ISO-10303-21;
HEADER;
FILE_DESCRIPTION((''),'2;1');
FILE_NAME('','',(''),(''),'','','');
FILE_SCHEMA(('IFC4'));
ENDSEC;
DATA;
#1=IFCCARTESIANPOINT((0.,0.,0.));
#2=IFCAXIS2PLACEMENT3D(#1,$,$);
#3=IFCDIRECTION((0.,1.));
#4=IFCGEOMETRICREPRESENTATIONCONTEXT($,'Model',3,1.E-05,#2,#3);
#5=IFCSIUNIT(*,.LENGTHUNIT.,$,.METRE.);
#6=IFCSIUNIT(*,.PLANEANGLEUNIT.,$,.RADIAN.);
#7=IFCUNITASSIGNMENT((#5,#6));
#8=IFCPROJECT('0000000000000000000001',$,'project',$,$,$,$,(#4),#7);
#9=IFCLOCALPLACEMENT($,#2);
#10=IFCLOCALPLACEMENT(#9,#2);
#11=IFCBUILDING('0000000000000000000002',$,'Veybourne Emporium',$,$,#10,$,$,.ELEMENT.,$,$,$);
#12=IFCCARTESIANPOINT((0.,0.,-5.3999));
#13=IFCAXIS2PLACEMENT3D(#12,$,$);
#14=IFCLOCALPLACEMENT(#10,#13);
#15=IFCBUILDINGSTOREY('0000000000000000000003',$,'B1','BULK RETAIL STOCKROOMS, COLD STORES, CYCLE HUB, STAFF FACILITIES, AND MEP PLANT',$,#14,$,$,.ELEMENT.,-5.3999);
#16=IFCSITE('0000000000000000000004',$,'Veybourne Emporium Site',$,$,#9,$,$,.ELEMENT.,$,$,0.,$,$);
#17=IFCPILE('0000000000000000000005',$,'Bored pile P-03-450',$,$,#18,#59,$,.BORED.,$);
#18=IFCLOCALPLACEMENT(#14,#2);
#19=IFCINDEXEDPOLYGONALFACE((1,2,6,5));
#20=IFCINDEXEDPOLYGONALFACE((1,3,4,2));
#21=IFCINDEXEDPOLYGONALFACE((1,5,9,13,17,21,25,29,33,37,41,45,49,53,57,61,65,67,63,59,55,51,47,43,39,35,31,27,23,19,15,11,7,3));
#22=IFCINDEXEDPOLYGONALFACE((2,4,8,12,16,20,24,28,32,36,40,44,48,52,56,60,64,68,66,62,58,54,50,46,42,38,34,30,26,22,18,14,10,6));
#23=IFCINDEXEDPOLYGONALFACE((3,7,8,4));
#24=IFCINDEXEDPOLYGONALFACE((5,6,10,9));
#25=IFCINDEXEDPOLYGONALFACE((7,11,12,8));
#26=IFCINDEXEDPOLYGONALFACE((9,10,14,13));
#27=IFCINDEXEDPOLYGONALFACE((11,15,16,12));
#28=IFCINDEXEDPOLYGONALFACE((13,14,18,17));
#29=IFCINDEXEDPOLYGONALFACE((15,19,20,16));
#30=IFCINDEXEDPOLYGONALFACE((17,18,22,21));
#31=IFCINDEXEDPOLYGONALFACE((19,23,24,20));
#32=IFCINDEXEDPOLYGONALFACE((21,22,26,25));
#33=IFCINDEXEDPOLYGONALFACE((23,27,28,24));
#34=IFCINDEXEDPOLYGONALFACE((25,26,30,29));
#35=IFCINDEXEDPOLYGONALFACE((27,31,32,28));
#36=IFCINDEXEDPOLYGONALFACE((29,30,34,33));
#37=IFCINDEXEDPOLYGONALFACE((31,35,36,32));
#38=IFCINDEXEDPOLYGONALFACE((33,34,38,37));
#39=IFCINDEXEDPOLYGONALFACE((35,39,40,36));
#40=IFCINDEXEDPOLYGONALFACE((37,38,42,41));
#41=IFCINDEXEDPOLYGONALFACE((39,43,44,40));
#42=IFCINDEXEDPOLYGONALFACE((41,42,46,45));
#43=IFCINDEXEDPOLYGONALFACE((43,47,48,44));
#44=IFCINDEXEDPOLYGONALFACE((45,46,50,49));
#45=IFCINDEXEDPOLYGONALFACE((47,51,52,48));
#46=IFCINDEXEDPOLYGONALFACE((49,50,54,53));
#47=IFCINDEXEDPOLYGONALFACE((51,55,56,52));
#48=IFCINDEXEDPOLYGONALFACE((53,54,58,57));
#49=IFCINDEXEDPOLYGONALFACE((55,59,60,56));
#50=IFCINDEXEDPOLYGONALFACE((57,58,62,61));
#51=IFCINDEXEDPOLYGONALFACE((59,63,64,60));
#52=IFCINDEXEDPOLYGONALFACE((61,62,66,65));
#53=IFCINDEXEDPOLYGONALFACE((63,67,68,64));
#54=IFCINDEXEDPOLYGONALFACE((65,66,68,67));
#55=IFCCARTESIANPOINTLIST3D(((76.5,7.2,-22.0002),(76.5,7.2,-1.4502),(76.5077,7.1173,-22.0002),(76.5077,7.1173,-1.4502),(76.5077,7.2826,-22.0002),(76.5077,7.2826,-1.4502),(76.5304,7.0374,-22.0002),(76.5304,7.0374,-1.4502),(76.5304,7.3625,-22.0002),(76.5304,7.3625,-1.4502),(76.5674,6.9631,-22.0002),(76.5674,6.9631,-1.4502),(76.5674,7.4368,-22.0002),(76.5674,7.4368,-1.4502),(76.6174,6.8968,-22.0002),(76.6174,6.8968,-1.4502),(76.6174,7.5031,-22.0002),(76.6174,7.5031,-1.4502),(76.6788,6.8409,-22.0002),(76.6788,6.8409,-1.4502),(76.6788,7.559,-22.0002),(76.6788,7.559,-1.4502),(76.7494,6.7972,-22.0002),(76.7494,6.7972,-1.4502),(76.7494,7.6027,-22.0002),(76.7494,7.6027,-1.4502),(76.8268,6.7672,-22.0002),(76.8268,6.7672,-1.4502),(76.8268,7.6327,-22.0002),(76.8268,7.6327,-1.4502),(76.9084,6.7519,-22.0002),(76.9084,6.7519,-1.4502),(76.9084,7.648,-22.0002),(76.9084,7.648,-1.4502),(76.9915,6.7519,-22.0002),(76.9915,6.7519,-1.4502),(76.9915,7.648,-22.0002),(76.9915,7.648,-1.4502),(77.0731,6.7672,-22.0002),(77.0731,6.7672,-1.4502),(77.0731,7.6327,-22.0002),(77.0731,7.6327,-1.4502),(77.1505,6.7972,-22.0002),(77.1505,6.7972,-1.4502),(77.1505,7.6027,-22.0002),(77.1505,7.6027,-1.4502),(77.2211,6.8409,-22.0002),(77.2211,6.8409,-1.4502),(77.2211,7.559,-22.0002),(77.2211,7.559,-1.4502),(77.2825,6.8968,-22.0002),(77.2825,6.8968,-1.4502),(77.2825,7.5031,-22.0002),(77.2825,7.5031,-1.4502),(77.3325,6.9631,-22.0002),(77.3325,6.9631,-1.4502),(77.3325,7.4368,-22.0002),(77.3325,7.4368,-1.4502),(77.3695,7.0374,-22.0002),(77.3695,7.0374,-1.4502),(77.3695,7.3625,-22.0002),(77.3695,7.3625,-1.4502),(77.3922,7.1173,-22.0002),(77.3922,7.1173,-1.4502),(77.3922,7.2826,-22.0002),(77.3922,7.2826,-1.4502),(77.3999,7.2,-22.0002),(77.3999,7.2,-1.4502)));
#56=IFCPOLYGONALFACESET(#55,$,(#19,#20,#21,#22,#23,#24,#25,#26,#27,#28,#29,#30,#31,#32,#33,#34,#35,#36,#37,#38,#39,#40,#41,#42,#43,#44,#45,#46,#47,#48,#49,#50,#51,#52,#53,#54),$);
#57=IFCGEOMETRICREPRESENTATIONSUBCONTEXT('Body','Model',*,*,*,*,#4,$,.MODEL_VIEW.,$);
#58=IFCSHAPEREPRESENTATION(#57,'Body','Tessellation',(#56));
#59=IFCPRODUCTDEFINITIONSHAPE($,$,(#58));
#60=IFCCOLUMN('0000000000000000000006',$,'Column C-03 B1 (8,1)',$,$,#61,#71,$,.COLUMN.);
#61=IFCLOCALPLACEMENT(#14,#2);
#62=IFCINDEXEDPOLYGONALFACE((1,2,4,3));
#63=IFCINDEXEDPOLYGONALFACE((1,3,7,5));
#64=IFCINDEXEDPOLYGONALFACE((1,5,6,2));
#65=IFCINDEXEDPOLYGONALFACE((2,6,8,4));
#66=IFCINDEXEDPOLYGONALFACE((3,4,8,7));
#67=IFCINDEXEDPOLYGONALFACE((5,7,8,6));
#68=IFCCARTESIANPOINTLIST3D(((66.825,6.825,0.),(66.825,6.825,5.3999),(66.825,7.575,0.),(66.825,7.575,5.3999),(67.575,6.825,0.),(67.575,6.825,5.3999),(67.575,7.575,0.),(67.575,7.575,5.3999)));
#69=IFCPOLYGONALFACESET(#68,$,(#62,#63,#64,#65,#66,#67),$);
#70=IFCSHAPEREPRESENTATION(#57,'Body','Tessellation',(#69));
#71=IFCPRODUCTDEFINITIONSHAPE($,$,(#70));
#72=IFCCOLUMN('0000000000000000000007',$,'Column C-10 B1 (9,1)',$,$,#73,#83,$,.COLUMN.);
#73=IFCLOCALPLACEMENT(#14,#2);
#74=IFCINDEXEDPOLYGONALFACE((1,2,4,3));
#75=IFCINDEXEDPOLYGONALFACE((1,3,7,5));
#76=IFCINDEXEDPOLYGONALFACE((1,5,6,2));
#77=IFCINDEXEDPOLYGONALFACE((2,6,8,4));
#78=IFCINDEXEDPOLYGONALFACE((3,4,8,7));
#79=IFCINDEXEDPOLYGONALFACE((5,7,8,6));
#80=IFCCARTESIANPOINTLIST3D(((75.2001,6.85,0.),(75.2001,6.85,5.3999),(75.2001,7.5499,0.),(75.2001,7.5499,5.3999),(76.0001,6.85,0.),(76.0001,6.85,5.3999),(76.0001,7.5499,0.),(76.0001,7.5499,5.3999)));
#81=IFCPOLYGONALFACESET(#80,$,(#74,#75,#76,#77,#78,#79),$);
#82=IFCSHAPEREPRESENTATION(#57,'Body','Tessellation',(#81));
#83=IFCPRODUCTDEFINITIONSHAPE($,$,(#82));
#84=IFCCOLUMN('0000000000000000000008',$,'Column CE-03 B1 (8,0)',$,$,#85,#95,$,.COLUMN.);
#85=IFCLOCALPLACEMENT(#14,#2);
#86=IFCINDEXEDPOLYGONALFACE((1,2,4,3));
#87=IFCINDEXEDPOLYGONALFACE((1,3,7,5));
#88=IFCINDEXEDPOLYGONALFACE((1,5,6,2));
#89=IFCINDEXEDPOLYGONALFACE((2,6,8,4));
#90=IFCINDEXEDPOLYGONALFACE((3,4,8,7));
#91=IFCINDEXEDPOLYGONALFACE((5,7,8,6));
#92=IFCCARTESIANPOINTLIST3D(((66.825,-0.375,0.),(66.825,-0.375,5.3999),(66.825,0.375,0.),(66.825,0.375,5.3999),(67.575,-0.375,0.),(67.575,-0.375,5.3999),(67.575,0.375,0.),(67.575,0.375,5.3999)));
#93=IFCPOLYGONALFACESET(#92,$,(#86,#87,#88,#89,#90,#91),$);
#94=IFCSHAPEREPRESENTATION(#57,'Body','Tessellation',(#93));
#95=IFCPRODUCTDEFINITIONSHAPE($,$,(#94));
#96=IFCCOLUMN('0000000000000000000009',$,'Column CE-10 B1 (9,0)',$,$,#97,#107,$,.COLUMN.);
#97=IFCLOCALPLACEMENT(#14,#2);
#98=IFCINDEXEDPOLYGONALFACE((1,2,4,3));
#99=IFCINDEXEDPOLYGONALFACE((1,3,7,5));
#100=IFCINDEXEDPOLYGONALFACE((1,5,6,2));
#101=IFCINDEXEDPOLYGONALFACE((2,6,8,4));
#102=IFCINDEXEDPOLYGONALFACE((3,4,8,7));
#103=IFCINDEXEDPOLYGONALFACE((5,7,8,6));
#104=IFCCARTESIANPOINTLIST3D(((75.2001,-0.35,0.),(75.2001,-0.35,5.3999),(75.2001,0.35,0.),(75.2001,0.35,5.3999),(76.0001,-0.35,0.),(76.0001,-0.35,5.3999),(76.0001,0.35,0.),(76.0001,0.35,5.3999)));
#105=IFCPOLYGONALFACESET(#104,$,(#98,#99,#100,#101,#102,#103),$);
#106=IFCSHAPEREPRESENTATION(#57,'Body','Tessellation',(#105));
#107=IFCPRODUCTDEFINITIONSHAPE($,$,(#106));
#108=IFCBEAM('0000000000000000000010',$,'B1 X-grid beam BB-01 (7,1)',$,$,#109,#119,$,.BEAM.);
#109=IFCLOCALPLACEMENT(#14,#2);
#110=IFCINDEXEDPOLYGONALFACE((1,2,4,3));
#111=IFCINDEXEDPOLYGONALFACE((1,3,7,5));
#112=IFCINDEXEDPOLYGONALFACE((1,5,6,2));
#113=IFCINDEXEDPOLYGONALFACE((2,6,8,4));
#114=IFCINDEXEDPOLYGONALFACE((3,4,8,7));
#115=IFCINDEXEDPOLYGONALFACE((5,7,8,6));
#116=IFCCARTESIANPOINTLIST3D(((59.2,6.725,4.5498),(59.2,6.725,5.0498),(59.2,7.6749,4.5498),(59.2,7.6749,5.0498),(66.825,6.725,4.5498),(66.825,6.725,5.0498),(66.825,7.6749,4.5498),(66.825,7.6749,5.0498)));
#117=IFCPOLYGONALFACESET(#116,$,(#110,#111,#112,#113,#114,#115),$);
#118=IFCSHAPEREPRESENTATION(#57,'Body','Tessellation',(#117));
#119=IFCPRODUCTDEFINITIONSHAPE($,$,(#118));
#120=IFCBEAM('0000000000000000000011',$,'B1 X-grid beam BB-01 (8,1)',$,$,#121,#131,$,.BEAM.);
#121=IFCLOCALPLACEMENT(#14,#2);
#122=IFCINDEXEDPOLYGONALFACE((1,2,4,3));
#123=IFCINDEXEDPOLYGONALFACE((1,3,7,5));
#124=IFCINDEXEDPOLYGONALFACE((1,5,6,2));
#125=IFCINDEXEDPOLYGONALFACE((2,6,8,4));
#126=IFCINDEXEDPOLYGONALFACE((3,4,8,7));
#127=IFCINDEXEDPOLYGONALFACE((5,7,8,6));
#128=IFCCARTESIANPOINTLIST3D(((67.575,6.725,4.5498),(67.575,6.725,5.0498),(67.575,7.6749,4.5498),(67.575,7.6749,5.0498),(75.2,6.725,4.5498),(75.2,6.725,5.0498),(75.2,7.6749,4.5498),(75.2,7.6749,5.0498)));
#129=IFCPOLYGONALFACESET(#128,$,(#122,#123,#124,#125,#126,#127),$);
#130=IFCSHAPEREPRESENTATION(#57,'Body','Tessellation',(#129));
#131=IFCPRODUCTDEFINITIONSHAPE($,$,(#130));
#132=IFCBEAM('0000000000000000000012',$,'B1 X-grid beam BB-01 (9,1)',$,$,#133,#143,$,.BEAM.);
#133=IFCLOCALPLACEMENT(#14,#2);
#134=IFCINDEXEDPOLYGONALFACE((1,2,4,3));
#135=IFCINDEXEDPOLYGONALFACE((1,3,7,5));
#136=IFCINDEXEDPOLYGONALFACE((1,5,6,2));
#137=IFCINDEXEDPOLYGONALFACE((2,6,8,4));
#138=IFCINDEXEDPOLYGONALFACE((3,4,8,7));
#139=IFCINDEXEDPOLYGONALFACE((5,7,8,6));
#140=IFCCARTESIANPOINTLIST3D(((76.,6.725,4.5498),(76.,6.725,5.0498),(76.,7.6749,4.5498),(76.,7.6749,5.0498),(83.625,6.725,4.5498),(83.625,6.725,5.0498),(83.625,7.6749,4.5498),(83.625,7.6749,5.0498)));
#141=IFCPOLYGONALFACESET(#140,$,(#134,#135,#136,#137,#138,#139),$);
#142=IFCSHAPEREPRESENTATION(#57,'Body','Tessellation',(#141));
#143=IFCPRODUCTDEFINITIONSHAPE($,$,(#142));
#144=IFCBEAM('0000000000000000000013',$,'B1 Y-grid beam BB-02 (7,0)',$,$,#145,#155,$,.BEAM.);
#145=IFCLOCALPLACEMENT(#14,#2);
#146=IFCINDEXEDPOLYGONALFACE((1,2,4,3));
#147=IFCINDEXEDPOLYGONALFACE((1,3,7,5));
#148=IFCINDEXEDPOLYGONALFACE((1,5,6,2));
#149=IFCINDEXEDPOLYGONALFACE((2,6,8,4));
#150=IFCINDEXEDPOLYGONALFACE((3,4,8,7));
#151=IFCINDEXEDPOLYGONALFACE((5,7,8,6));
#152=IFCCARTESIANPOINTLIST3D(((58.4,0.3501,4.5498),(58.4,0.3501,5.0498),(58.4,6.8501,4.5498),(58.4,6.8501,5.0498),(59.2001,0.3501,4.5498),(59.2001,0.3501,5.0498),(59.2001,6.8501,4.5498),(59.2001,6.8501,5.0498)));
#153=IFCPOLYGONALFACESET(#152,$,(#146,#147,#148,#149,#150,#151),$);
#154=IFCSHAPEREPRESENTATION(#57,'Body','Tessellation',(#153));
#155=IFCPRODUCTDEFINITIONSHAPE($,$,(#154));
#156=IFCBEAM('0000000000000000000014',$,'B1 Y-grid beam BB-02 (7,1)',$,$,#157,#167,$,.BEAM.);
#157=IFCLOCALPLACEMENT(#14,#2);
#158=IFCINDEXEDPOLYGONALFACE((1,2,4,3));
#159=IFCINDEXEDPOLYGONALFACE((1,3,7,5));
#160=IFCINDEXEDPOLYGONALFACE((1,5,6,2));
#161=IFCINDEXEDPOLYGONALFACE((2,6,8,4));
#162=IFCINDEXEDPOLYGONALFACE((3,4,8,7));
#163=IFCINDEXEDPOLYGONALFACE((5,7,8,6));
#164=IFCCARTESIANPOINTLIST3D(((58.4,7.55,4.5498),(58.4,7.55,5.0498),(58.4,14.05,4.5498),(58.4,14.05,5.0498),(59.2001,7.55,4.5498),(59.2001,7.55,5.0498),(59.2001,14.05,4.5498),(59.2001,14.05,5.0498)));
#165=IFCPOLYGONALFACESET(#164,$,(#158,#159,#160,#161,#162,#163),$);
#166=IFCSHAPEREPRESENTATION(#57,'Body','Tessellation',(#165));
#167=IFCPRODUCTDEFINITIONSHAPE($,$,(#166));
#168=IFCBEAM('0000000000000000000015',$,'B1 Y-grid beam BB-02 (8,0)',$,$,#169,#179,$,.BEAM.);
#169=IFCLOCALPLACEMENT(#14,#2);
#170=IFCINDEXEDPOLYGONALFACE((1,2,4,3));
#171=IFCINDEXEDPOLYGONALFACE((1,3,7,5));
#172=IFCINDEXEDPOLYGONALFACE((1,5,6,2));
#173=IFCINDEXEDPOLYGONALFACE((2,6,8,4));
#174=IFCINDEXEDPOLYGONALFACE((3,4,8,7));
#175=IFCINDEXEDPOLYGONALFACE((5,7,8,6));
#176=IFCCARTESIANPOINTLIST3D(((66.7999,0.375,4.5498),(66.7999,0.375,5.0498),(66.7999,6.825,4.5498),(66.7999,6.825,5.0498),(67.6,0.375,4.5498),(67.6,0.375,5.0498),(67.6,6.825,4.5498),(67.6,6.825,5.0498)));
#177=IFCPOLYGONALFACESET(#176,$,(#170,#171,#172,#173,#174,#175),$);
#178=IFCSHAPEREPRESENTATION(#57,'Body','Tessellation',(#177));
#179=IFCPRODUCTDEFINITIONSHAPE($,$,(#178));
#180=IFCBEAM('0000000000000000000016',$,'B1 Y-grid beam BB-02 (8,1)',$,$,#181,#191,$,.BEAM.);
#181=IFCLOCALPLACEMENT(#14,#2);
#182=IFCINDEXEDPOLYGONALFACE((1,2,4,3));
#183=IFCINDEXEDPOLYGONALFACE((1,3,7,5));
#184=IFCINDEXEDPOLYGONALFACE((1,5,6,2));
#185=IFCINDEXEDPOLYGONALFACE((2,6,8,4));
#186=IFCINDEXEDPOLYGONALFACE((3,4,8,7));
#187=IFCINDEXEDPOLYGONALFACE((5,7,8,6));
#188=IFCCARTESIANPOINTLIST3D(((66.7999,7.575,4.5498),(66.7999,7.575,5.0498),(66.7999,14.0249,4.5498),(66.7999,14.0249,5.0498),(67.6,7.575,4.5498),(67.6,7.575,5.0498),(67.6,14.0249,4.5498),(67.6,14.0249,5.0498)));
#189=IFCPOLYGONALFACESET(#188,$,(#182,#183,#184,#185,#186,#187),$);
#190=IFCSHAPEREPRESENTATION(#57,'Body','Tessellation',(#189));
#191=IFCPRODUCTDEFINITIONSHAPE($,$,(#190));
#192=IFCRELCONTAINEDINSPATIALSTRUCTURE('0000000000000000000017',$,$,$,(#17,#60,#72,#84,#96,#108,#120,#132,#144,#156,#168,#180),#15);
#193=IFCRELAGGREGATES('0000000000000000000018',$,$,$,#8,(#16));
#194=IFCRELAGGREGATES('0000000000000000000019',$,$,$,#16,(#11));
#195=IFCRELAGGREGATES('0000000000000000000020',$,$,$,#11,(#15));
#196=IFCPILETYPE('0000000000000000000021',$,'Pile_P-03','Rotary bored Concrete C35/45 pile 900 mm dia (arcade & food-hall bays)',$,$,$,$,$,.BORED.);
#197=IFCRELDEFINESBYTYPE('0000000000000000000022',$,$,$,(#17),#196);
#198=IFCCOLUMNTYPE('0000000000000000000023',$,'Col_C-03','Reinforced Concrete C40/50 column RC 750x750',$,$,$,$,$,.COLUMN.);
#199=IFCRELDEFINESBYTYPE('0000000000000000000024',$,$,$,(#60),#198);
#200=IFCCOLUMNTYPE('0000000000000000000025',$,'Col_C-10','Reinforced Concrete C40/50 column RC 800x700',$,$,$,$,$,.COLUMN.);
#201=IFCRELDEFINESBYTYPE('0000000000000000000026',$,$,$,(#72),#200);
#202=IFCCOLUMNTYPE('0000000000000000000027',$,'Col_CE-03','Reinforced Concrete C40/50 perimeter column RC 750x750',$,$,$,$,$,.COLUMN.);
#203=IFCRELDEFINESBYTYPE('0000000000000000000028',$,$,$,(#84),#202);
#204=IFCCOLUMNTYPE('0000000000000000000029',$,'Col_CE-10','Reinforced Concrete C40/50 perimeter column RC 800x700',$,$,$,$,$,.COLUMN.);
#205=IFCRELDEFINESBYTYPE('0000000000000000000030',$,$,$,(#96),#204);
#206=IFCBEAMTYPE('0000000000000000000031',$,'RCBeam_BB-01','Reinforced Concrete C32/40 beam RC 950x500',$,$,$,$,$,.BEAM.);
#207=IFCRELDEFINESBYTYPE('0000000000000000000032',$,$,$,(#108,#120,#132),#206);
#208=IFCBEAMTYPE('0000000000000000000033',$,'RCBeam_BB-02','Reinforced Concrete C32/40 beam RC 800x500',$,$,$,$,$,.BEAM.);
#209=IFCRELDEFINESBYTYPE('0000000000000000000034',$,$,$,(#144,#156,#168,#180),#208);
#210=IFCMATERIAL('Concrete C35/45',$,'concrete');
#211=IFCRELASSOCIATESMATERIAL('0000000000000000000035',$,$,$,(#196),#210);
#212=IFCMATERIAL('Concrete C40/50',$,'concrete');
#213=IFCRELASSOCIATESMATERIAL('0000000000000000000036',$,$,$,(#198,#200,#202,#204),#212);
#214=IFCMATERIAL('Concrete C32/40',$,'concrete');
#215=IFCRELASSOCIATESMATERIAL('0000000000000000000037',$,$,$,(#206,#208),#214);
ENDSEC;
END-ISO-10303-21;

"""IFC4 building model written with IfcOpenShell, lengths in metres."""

from ifc_helpers import new_model, si_unit, direction, frame, origin, origin_2d, place, context, subcontext, project, spatial, rectangle, circle, extrude, material, material_profile, profile_set, type_object, element, save


model = new_model("IFC4")

# Units and contexts
model_context = context("Model", 3, precision=1e-05, world=origin(), true_north=direction((0.0, 1.0)))
body_context = subcontext(model_context, "Body", "Model", "MODEL_VIEW")
ifc_project = project(units=[si_unit("LENGTHUNIT", "METRE"), si_unit("PLANEANGLEUNIT", "RADIAN")], contexts=[model_context])

# Site, building, storey
site_placement = place(None, origin())
site = spatial("IfcSite", under=ifc_project, at=site_placement, Name="Veybourne Emporium Site", CompositionType="ELEMENT", RefElevation=0.0)
building_placement = place(site_placement, origin())
building = spatial("IfcBuilding", under=site, at=building_placement, Name="Veybourne Emporium", CompositionType="ELEMENT")
storey_placement = place(building_placement, frame((0.0, 0.0, -5.3999)))
storey = spatial("IfcBuildingStorey", under=building, at=storey_placement, Name="B1", Description="BULK RETAIL STOCKROOMS, COLD STORES, CYCLE HUB, STAFF FACILITIES, AND MEP PLANT", CompositionType="ELEMENT", Elevation=-5.3999)

# Shared definitions
ifc_material_1 = material(Name="Concrete C35/45", Category="concrete")

# Pile
ifc_material_profile_1 = material_profile(ifc_material_1, circle(Radius=0.45, at=origin_2d()), Name="BORED PILE 900")
ifc_profile_set_1 = profile_set([ifc_material_profile_1], Name="Concrete C35/45")
pile_type = type_object("IfcPileType", Name="Pile_P-03", Description="Rotary bored Concrete C35/45 pile 900 mm dia (arcade & food-hall bays)", PredefinedType="BORED", material=ifc_profile_set_1)
for number, where, z_axis, x_axis, name in (
    (1, (76.95, 7.2, -1.4502), (0.0, 0.0, -1.0), (1.0, 0.0, 0.0), "Bored pile P-03-450"),
):
    element("IfcPile", number, at=place(storey_placement, frame(where, z_axis=z_axis, x_axis=x_axis)), inside=storey, type_object=pile_type, Name=name, PredefinedType="BORED", context=body_context, shape_type="SweptSolid", body=[
        extrude(circle(Radius=0.45, at=origin_2d()), origin(), (0.0, 0.0, 1.0), 20.55),
    ])

# Columns
ifc_material_2 = material(Name="Concrete C40/50", Category="concrete")
ifc_material_profile_2 = material_profile(ifc_material_2, rectangle(XDim=0.75, YDim=0.75, at=origin_2d()), Name="RC 750x750")
ifc_profile_set_2 = profile_set([ifc_material_profile_2], Name="Concrete C40/50")
column_type_1 = type_object("IfcColumnType", Name="Col_C-03", Description="Reinforced Concrete C40/50 column RC 750x750", PredefinedType="COLUMN", material=ifc_profile_set_2)
column_1_placement = place(storey_placement, frame((67.2, 7.2, 0.0), z_axis=(0.0, 0.0, 1.0), x_axis=(1.0, 0.0, 0.0)))
element("IfcColumn", 2, at=column_1_placement, inside=storey, type_object=column_type_1, Name="Column C-03 B1 (8,1)", PredefinedType="COLUMN", context=body_context, shape_type="SweptSolid", body=[
    extrude(rectangle(XDim=0.75, YDim=0.75, at=origin_2d()), origin(), (0.0, 0.0, 1.0), 5.3999),
])
ifc_material_profile_3 = material_profile(ifc_material_2, rectangle(XDim=0.8, YDim=0.7, at=origin_2d()), Name="RC 800x700")
ifc_profile_set_3 = profile_set([ifc_material_profile_3], Name="Concrete C40/50")
column_type_2 = type_object("IfcColumnType", Name="Col_C-10", Description="Reinforced Concrete C40/50 column RC 800x700", PredefinedType="COLUMN", material=ifc_profile_set_3)
column_2_placement = place(storey_placement, frame((75.6001, 7.2, 0.0), z_axis=(0.0, 0.0, 1.0), x_axis=(1.0, 0.0, 0.0)))
element("IfcColumn", 3, at=column_2_placement, inside=storey, type_object=column_type_2, Name="Column C-10 B1 (9,1)", PredefinedType="COLUMN", context=body_context, shape_type="SweptSolid", body=[
    extrude(rectangle(XDim=0.8, YDim=0.7, at=origin_2d()), origin(), (0.0, 0.0, 1.0), 5.3999),
])
ifc_material_profile_4 = material_profile(ifc_material_2, rectangle(XDim=0.75, YDim=0.75, at=origin_2d()), Name="RC 750x750")
ifc_profile_set_4 = profile_set([ifc_material_profile_4], Name="Concrete C40/50")
column_type_3 = type_object("IfcColumnType", Name="Col_CE-03", Description="Reinforced Concrete C40/50 perimeter column RC 750x750", PredefinedType="COLUMN", material=ifc_profile_set_4)
column_3_placement = place(storey_placement, frame((67.2, 0.0, 0.0), z_axis=(0.0, 0.0, 1.0), x_axis=(1.0, 0.0, 0.0)))
element("IfcColumn", 4, at=column_3_placement, inside=storey, type_object=column_type_3, Name="Column CE-03 B1 (8,0)", PredefinedType="COLUMN", context=body_context, shape_type="SweptSolid", body=[
    extrude(rectangle(XDim=0.75, YDim=0.75, at=origin_2d()), origin(), (0.0, 0.0, 1.0), 5.3999),
])
ifc_material_profile_5 = material_profile(ifc_material_2, rectangle(XDim=0.8, YDim=0.7, at=origin_2d()), Name="RC 800x700")
ifc_profile_set_5 = profile_set([ifc_material_profile_5], Name="Concrete C40/50")
column_type_4 = type_object("IfcColumnType", Name="Col_CE-10", Description="Reinforced Concrete C40/50 perimeter column RC 800x700", PredefinedType="COLUMN", material=ifc_profile_set_5)
column_4_placement = place(storey_placement, frame((75.6001, 0.0, 0.0), z_axis=(0.0, 0.0, 1.0), x_axis=(1.0, 0.0, 0.0)))
element("IfcColumn", 5, at=column_4_placement, inside=storey, type_object=column_type_4, Name="Column CE-10 B1 (9,0)", PredefinedType="COLUMN", context=body_context, shape_type="SweptSolid", body=[
    extrude(rectangle(XDim=0.8, YDim=0.7, at=origin_2d()), origin(), (0.0, 0.0, 1.0), 5.3999),
])

# Beams
ifc_material_3 = material(Name="Concrete C32/40", Category="concrete")
ifc_material_profile_6 = material_profile(ifc_material_3, rectangle(XDim=0.95, YDim=0.5, at=origin_2d()), Name="RC 950x500")
ifc_profile_set_6 = profile_set([ifc_material_profile_6], Name="Concrete C32/40")
beam_type_1 = type_object("IfcBeamType", Name="RCBeam_BB-01", Description="Reinforced Concrete C32/40 beam RC 950x500", PredefinedType="BEAM", material=ifc_profile_set_6)
for number, where, z_axis, x_axis, name in (
    (6, (59.2, 7.2, 4.7998), (1.0, 0.0, 0.0), (0.0, 1.0, 0.0), "B1 X-grid beam BB-01 (7,1)"),
    (7, (67.575, 7.2, 4.7998), (1.0, 0.0, 0.0), (0.0, 1.0, 0.0), "B1 X-grid beam BB-01 (8,1)"),
    (8, (76.0, 7.2, 4.7998), (1.0, 0.0, 0.0), (0.0, 1.0, 0.0), "B1 X-grid beam BB-01 (9,1)"),
):
    element("IfcBeam", number, at=place(storey_placement, frame(where, z_axis=z_axis, x_axis=x_axis)), inside=storey, type_object=beam_type_1, Name=name, PredefinedType="BEAM", context=body_context, shape_type="SweptSolid", body=[
        extrude(rectangle(XDim=0.95, YDim=0.5, at=origin_2d()), origin(), (0.0, 0.0, 1.0), 7.625),
    ])
ifc_material_profile_7 = material_profile(ifc_material_3, rectangle(XDim=0.8, YDim=0.5, at=origin_2d()), Name="RC 800x500")
ifc_profile_set_7 = profile_set([ifc_material_profile_7], Name="Concrete C32/40")
beam_type_2 = type_object("IfcBeamType", Name="RCBeam_BB-02", Description="Reinforced Concrete C32/40 beam RC 800x500", PredefinedType="BEAM", material=ifc_profile_set_7)
for number, where, z_axis, x_axis, name in (
    (9, (58.8, 0.3501, 4.7998), (0.0, 1.0, 0.0), (-1.0, 0.0, 0.0), "B1 Y-grid beam BB-02 (7,0)"),
    (10, (58.8, 7.55, 4.7998), (0.0, 1.0, 0.0), (-1.0, 0.0, 0.0), "B1 Y-grid beam BB-02 (7,1)"),
):
    element("IfcBeam", number, at=place(storey_placement, frame(where, z_axis=z_axis, x_axis=x_axis)), inside=storey, type_object=beam_type_2, Name=name, PredefinedType="BEAM", context=body_context, shape_type="SweptSolid", body=[
        extrude(rectangle(XDim=0.8, YDim=0.5, at=origin_2d()), origin(), (0.0, 0.0, 1.0), 6.5),
    ])
for number, where, z_axis, x_axis, name in (
    (11, (67.2, 0.375, 4.7998), (0.0, 1.0, 0.0), (-1.0, 0.0, 0.0), "B1 Y-grid beam BB-02 (8,0)"),
    (12, (67.2, 7.575, 4.7998), (0.0, 1.0, 0.0), (-1.0, 0.0, 0.0), "B1 Y-grid beam BB-02 (8,1)"),
):
    element("IfcBeam", number, at=place(storey_placement, frame(where, z_axis=z_axis, x_axis=x_axis)), inside=storey, type_object=beam_type_2, Name=name, PredefinedType="BEAM", context=body_context, shape_type="SweptSolid", body=[
        extrude(rectangle(XDim=0.8, YDim=0.5, at=origin_2d()), origin(), (0.0, 0.0, 1.0), 6.45),
    ])

save(model, "model.ifc")
